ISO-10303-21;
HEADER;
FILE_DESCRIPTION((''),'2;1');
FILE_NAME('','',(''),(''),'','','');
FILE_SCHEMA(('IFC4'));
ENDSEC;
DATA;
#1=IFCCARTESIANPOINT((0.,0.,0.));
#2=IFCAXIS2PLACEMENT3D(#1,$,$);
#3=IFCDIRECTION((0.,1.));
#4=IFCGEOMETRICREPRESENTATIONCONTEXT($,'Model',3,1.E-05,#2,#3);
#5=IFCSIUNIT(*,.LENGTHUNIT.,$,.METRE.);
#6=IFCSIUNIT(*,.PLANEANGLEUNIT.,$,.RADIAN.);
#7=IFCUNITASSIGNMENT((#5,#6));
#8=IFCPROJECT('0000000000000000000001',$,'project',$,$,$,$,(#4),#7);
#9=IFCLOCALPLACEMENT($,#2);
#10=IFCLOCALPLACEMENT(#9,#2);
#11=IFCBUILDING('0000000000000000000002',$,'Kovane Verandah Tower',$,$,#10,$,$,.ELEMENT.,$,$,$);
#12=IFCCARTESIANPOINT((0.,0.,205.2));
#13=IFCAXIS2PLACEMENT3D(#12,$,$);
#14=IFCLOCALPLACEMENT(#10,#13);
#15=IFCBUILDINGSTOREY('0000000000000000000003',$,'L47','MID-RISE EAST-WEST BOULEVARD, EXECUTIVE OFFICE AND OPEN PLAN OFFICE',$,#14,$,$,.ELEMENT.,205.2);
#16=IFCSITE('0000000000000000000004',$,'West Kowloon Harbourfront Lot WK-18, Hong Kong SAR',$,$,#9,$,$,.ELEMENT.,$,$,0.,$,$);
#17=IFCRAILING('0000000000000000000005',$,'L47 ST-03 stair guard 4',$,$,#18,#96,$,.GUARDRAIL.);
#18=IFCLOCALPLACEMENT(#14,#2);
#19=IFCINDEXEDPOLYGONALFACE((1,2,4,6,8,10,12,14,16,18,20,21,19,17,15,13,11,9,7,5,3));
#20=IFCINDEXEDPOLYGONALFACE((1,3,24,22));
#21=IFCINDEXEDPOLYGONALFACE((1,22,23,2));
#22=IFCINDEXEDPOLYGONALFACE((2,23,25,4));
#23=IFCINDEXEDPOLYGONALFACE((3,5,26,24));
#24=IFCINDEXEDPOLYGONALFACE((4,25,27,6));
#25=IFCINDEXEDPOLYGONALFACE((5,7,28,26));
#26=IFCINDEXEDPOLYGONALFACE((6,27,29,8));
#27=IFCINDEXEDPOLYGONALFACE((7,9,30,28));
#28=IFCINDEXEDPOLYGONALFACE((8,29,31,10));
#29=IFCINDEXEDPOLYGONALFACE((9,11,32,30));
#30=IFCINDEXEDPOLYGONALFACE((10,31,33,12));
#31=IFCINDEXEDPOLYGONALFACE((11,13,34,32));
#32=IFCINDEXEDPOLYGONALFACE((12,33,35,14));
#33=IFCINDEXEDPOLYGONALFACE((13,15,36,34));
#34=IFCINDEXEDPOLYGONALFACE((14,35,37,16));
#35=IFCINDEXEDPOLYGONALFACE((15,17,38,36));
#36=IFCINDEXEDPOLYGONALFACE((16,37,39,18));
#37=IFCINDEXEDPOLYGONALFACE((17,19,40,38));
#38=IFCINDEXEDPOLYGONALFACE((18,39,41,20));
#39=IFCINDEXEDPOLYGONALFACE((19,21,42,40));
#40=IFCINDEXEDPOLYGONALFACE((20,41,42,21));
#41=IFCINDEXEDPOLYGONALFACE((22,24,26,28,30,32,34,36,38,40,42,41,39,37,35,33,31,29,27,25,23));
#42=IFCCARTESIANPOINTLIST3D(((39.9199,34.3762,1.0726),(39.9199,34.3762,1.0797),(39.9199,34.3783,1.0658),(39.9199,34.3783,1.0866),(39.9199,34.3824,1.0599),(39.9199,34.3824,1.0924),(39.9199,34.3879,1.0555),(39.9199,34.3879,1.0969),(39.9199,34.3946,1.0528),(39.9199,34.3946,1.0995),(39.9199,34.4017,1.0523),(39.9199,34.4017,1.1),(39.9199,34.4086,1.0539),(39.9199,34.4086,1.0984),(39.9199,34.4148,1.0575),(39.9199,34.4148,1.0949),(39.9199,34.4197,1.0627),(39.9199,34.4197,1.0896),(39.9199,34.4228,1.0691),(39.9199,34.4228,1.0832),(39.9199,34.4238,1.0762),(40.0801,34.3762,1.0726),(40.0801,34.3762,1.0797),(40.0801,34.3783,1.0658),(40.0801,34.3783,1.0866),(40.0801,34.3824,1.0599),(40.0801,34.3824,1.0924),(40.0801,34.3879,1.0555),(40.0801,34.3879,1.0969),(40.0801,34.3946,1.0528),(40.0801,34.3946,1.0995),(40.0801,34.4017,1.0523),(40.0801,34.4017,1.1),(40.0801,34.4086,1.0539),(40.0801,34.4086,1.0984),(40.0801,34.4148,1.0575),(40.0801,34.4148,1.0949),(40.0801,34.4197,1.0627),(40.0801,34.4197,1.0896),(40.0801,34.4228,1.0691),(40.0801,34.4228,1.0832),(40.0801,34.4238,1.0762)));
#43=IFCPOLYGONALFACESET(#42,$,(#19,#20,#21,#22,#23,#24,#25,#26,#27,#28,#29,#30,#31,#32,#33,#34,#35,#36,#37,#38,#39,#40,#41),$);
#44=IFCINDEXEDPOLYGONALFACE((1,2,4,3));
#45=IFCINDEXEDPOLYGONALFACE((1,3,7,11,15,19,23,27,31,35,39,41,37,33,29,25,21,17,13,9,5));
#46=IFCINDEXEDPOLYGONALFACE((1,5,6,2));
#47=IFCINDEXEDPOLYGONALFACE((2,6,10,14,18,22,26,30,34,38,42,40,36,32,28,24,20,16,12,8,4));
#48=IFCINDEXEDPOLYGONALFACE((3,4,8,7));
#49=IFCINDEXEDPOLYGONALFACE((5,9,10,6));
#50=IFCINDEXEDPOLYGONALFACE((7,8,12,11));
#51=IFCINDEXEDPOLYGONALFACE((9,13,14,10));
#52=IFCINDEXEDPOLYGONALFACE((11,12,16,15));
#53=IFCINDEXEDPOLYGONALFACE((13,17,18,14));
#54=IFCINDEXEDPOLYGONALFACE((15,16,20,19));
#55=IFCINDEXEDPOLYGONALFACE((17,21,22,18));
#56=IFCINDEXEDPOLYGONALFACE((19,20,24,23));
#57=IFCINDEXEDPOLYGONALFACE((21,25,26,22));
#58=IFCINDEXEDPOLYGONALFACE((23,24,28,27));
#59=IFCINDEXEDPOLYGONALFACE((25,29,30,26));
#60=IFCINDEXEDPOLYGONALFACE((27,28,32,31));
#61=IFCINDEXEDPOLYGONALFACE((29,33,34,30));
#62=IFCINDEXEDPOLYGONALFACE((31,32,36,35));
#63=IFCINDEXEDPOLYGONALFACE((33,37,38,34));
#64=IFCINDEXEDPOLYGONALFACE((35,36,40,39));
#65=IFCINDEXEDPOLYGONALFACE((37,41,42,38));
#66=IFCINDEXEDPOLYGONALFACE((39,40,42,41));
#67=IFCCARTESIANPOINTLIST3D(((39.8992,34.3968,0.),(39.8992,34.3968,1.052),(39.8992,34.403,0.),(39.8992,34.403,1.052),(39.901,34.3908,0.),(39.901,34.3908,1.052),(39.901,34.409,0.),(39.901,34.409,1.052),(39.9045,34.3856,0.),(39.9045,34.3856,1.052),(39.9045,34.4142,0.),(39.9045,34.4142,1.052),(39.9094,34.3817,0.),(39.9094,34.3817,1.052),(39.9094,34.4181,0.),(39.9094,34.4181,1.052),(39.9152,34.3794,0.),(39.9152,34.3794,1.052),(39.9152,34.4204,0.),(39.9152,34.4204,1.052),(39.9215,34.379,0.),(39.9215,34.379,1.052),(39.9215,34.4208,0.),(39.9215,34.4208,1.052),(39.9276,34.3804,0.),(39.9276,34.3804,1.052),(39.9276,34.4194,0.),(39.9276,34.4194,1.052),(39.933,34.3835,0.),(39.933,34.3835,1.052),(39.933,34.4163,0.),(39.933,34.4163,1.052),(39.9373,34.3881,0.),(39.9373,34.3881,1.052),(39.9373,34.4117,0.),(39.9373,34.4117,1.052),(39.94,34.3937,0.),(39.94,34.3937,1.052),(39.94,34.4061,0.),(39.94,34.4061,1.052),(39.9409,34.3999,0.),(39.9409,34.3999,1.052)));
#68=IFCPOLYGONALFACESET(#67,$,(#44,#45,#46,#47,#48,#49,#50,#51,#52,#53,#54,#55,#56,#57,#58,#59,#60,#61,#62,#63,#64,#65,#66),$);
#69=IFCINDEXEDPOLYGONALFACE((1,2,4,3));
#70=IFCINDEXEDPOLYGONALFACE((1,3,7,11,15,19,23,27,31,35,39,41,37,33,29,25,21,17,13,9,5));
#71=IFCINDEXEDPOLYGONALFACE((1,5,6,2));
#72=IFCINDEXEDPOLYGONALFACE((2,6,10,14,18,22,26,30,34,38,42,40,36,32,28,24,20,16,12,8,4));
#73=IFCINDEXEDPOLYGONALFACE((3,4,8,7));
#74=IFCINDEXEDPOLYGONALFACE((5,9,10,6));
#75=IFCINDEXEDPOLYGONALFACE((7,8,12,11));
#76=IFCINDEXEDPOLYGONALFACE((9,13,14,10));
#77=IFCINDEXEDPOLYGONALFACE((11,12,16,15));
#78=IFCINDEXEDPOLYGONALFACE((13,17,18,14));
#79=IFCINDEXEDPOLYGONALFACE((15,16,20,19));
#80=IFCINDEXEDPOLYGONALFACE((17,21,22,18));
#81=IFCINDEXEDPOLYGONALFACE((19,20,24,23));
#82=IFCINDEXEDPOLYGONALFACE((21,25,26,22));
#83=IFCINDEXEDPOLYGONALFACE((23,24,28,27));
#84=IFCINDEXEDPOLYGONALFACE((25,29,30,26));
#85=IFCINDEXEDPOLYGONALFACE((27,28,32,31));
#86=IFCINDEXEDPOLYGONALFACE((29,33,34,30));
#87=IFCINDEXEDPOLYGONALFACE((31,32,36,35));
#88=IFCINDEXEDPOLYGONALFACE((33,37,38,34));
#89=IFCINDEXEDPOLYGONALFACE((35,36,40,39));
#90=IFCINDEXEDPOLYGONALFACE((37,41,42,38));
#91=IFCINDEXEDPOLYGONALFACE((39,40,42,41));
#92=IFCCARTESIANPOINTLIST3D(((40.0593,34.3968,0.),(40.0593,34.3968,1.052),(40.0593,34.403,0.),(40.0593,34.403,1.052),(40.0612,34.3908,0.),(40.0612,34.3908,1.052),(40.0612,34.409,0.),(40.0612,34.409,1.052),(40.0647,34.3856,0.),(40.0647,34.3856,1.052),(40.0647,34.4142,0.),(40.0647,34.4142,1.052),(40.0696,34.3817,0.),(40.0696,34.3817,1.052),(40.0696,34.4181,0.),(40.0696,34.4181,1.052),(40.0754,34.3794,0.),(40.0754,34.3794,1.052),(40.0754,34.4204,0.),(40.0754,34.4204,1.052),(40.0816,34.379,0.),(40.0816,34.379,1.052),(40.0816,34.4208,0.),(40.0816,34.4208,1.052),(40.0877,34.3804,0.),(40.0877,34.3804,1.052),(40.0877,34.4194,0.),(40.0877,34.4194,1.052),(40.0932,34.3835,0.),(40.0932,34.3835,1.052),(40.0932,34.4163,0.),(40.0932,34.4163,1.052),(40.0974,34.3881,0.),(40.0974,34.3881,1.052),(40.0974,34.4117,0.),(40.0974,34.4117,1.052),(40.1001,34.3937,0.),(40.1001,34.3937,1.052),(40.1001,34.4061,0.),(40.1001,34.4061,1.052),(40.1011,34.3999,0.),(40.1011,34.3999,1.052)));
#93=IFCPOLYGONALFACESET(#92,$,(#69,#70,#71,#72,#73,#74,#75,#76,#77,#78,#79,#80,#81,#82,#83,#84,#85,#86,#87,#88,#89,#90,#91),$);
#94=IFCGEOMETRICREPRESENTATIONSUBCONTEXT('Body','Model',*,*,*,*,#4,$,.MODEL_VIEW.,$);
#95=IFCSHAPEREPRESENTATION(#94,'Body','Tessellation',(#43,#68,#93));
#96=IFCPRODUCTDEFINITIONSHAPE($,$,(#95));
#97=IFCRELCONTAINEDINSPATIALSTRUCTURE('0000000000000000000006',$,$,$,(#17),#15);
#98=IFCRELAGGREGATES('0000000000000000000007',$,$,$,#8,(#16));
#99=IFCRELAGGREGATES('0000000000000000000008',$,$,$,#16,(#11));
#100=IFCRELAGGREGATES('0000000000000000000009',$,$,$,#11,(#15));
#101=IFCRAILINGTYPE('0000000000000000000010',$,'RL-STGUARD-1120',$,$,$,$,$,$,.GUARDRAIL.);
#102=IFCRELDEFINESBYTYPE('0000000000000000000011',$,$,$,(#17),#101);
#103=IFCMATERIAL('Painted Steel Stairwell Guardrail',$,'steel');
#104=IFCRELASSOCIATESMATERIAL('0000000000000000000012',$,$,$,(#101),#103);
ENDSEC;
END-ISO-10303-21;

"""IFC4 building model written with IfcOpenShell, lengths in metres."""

from ifc_helpers import new_model, si_unit, direction, frame, origin, origin_2d, place, context, subcontext, project, spatial, circle, extrude, material, type_object, element, save


model = new_model("IFC4")

# Units and contexts
model_context = context("Model", 3, precision=1e-05, world=origin(), true_north=direction((0.0, 1.0)))
body_context = subcontext(model_context, "Body", "Model", "MODEL_VIEW")
ifc_project = project(units=[si_unit("LENGTHUNIT", "METRE"), si_unit("PLANEANGLEUNIT", "RADIAN")], contexts=[model_context])

# Site, building, storey
site_placement = place(None, origin())
site = spatial("IfcSite", under=ifc_project, at=site_placement, Name="West Kowloon Harbourfront Lot WK-18, Hong Kong SAR", CompositionType="ELEMENT", RefElevation=0.0)
building_placement = place(site_placement, origin())
building = spatial("IfcBuilding", under=site, at=building_placement, Name="Kovane Verandah Tower", CompositionType="ELEMENT")
storey_placement = place(building_placement, frame((0.0, 0.0, 205.2)))
storey = spatial("IfcBuildingStorey", under=building, at=storey_placement, Name="L47", Description="MID-RISE EAST-WEST BOULEVARD, EXECUTIVE OFFICE AND OPEN PLAN OFFICE", CompositionType="ELEMENT", Elevation=205.2)

# Railing
ifc_material_1 = material(Name="Painted Steel Stairwell Guardrail", Category="steel")
railing_type = type_object("IfcRailingType", Name="RL-STGUARD-1120", PredefinedType="GUARDRAIL", material=ifc_material_1)
railing_1_placement = place(storey_placement, frame((39.9199, 34.3999, 0.0)))
element("IfcRailing", 1, at=railing_1_placement, inside=storey, type_object=railing_type, Name="L47 ST-03 stair guard 4", PredefinedType="GUARDRAIL", context=body_context, shape_type="SweptSolid", body=[
    extrude(circle(Radius=0.0239, at=origin_2d()), frame((0.0, 0.0, 1.0762), z_axis=(1.0, 0.0, 0.0), x_axis=(0.0, 1.0, 0.0)), (0.0, 0.0, 1.0), 0.1602),
    extrude(circle(Radius=0.021, at=origin_2d()), origin(), (0.0, 0.0, 1.0), 1.052),
    extrude(circle(Radius=0.021, at=origin_2d()), frame((0.1602, 0.0, 0.0)), (0.0, 0.0, 1.0), 1.052),
])

save(model, "model.ifc")
